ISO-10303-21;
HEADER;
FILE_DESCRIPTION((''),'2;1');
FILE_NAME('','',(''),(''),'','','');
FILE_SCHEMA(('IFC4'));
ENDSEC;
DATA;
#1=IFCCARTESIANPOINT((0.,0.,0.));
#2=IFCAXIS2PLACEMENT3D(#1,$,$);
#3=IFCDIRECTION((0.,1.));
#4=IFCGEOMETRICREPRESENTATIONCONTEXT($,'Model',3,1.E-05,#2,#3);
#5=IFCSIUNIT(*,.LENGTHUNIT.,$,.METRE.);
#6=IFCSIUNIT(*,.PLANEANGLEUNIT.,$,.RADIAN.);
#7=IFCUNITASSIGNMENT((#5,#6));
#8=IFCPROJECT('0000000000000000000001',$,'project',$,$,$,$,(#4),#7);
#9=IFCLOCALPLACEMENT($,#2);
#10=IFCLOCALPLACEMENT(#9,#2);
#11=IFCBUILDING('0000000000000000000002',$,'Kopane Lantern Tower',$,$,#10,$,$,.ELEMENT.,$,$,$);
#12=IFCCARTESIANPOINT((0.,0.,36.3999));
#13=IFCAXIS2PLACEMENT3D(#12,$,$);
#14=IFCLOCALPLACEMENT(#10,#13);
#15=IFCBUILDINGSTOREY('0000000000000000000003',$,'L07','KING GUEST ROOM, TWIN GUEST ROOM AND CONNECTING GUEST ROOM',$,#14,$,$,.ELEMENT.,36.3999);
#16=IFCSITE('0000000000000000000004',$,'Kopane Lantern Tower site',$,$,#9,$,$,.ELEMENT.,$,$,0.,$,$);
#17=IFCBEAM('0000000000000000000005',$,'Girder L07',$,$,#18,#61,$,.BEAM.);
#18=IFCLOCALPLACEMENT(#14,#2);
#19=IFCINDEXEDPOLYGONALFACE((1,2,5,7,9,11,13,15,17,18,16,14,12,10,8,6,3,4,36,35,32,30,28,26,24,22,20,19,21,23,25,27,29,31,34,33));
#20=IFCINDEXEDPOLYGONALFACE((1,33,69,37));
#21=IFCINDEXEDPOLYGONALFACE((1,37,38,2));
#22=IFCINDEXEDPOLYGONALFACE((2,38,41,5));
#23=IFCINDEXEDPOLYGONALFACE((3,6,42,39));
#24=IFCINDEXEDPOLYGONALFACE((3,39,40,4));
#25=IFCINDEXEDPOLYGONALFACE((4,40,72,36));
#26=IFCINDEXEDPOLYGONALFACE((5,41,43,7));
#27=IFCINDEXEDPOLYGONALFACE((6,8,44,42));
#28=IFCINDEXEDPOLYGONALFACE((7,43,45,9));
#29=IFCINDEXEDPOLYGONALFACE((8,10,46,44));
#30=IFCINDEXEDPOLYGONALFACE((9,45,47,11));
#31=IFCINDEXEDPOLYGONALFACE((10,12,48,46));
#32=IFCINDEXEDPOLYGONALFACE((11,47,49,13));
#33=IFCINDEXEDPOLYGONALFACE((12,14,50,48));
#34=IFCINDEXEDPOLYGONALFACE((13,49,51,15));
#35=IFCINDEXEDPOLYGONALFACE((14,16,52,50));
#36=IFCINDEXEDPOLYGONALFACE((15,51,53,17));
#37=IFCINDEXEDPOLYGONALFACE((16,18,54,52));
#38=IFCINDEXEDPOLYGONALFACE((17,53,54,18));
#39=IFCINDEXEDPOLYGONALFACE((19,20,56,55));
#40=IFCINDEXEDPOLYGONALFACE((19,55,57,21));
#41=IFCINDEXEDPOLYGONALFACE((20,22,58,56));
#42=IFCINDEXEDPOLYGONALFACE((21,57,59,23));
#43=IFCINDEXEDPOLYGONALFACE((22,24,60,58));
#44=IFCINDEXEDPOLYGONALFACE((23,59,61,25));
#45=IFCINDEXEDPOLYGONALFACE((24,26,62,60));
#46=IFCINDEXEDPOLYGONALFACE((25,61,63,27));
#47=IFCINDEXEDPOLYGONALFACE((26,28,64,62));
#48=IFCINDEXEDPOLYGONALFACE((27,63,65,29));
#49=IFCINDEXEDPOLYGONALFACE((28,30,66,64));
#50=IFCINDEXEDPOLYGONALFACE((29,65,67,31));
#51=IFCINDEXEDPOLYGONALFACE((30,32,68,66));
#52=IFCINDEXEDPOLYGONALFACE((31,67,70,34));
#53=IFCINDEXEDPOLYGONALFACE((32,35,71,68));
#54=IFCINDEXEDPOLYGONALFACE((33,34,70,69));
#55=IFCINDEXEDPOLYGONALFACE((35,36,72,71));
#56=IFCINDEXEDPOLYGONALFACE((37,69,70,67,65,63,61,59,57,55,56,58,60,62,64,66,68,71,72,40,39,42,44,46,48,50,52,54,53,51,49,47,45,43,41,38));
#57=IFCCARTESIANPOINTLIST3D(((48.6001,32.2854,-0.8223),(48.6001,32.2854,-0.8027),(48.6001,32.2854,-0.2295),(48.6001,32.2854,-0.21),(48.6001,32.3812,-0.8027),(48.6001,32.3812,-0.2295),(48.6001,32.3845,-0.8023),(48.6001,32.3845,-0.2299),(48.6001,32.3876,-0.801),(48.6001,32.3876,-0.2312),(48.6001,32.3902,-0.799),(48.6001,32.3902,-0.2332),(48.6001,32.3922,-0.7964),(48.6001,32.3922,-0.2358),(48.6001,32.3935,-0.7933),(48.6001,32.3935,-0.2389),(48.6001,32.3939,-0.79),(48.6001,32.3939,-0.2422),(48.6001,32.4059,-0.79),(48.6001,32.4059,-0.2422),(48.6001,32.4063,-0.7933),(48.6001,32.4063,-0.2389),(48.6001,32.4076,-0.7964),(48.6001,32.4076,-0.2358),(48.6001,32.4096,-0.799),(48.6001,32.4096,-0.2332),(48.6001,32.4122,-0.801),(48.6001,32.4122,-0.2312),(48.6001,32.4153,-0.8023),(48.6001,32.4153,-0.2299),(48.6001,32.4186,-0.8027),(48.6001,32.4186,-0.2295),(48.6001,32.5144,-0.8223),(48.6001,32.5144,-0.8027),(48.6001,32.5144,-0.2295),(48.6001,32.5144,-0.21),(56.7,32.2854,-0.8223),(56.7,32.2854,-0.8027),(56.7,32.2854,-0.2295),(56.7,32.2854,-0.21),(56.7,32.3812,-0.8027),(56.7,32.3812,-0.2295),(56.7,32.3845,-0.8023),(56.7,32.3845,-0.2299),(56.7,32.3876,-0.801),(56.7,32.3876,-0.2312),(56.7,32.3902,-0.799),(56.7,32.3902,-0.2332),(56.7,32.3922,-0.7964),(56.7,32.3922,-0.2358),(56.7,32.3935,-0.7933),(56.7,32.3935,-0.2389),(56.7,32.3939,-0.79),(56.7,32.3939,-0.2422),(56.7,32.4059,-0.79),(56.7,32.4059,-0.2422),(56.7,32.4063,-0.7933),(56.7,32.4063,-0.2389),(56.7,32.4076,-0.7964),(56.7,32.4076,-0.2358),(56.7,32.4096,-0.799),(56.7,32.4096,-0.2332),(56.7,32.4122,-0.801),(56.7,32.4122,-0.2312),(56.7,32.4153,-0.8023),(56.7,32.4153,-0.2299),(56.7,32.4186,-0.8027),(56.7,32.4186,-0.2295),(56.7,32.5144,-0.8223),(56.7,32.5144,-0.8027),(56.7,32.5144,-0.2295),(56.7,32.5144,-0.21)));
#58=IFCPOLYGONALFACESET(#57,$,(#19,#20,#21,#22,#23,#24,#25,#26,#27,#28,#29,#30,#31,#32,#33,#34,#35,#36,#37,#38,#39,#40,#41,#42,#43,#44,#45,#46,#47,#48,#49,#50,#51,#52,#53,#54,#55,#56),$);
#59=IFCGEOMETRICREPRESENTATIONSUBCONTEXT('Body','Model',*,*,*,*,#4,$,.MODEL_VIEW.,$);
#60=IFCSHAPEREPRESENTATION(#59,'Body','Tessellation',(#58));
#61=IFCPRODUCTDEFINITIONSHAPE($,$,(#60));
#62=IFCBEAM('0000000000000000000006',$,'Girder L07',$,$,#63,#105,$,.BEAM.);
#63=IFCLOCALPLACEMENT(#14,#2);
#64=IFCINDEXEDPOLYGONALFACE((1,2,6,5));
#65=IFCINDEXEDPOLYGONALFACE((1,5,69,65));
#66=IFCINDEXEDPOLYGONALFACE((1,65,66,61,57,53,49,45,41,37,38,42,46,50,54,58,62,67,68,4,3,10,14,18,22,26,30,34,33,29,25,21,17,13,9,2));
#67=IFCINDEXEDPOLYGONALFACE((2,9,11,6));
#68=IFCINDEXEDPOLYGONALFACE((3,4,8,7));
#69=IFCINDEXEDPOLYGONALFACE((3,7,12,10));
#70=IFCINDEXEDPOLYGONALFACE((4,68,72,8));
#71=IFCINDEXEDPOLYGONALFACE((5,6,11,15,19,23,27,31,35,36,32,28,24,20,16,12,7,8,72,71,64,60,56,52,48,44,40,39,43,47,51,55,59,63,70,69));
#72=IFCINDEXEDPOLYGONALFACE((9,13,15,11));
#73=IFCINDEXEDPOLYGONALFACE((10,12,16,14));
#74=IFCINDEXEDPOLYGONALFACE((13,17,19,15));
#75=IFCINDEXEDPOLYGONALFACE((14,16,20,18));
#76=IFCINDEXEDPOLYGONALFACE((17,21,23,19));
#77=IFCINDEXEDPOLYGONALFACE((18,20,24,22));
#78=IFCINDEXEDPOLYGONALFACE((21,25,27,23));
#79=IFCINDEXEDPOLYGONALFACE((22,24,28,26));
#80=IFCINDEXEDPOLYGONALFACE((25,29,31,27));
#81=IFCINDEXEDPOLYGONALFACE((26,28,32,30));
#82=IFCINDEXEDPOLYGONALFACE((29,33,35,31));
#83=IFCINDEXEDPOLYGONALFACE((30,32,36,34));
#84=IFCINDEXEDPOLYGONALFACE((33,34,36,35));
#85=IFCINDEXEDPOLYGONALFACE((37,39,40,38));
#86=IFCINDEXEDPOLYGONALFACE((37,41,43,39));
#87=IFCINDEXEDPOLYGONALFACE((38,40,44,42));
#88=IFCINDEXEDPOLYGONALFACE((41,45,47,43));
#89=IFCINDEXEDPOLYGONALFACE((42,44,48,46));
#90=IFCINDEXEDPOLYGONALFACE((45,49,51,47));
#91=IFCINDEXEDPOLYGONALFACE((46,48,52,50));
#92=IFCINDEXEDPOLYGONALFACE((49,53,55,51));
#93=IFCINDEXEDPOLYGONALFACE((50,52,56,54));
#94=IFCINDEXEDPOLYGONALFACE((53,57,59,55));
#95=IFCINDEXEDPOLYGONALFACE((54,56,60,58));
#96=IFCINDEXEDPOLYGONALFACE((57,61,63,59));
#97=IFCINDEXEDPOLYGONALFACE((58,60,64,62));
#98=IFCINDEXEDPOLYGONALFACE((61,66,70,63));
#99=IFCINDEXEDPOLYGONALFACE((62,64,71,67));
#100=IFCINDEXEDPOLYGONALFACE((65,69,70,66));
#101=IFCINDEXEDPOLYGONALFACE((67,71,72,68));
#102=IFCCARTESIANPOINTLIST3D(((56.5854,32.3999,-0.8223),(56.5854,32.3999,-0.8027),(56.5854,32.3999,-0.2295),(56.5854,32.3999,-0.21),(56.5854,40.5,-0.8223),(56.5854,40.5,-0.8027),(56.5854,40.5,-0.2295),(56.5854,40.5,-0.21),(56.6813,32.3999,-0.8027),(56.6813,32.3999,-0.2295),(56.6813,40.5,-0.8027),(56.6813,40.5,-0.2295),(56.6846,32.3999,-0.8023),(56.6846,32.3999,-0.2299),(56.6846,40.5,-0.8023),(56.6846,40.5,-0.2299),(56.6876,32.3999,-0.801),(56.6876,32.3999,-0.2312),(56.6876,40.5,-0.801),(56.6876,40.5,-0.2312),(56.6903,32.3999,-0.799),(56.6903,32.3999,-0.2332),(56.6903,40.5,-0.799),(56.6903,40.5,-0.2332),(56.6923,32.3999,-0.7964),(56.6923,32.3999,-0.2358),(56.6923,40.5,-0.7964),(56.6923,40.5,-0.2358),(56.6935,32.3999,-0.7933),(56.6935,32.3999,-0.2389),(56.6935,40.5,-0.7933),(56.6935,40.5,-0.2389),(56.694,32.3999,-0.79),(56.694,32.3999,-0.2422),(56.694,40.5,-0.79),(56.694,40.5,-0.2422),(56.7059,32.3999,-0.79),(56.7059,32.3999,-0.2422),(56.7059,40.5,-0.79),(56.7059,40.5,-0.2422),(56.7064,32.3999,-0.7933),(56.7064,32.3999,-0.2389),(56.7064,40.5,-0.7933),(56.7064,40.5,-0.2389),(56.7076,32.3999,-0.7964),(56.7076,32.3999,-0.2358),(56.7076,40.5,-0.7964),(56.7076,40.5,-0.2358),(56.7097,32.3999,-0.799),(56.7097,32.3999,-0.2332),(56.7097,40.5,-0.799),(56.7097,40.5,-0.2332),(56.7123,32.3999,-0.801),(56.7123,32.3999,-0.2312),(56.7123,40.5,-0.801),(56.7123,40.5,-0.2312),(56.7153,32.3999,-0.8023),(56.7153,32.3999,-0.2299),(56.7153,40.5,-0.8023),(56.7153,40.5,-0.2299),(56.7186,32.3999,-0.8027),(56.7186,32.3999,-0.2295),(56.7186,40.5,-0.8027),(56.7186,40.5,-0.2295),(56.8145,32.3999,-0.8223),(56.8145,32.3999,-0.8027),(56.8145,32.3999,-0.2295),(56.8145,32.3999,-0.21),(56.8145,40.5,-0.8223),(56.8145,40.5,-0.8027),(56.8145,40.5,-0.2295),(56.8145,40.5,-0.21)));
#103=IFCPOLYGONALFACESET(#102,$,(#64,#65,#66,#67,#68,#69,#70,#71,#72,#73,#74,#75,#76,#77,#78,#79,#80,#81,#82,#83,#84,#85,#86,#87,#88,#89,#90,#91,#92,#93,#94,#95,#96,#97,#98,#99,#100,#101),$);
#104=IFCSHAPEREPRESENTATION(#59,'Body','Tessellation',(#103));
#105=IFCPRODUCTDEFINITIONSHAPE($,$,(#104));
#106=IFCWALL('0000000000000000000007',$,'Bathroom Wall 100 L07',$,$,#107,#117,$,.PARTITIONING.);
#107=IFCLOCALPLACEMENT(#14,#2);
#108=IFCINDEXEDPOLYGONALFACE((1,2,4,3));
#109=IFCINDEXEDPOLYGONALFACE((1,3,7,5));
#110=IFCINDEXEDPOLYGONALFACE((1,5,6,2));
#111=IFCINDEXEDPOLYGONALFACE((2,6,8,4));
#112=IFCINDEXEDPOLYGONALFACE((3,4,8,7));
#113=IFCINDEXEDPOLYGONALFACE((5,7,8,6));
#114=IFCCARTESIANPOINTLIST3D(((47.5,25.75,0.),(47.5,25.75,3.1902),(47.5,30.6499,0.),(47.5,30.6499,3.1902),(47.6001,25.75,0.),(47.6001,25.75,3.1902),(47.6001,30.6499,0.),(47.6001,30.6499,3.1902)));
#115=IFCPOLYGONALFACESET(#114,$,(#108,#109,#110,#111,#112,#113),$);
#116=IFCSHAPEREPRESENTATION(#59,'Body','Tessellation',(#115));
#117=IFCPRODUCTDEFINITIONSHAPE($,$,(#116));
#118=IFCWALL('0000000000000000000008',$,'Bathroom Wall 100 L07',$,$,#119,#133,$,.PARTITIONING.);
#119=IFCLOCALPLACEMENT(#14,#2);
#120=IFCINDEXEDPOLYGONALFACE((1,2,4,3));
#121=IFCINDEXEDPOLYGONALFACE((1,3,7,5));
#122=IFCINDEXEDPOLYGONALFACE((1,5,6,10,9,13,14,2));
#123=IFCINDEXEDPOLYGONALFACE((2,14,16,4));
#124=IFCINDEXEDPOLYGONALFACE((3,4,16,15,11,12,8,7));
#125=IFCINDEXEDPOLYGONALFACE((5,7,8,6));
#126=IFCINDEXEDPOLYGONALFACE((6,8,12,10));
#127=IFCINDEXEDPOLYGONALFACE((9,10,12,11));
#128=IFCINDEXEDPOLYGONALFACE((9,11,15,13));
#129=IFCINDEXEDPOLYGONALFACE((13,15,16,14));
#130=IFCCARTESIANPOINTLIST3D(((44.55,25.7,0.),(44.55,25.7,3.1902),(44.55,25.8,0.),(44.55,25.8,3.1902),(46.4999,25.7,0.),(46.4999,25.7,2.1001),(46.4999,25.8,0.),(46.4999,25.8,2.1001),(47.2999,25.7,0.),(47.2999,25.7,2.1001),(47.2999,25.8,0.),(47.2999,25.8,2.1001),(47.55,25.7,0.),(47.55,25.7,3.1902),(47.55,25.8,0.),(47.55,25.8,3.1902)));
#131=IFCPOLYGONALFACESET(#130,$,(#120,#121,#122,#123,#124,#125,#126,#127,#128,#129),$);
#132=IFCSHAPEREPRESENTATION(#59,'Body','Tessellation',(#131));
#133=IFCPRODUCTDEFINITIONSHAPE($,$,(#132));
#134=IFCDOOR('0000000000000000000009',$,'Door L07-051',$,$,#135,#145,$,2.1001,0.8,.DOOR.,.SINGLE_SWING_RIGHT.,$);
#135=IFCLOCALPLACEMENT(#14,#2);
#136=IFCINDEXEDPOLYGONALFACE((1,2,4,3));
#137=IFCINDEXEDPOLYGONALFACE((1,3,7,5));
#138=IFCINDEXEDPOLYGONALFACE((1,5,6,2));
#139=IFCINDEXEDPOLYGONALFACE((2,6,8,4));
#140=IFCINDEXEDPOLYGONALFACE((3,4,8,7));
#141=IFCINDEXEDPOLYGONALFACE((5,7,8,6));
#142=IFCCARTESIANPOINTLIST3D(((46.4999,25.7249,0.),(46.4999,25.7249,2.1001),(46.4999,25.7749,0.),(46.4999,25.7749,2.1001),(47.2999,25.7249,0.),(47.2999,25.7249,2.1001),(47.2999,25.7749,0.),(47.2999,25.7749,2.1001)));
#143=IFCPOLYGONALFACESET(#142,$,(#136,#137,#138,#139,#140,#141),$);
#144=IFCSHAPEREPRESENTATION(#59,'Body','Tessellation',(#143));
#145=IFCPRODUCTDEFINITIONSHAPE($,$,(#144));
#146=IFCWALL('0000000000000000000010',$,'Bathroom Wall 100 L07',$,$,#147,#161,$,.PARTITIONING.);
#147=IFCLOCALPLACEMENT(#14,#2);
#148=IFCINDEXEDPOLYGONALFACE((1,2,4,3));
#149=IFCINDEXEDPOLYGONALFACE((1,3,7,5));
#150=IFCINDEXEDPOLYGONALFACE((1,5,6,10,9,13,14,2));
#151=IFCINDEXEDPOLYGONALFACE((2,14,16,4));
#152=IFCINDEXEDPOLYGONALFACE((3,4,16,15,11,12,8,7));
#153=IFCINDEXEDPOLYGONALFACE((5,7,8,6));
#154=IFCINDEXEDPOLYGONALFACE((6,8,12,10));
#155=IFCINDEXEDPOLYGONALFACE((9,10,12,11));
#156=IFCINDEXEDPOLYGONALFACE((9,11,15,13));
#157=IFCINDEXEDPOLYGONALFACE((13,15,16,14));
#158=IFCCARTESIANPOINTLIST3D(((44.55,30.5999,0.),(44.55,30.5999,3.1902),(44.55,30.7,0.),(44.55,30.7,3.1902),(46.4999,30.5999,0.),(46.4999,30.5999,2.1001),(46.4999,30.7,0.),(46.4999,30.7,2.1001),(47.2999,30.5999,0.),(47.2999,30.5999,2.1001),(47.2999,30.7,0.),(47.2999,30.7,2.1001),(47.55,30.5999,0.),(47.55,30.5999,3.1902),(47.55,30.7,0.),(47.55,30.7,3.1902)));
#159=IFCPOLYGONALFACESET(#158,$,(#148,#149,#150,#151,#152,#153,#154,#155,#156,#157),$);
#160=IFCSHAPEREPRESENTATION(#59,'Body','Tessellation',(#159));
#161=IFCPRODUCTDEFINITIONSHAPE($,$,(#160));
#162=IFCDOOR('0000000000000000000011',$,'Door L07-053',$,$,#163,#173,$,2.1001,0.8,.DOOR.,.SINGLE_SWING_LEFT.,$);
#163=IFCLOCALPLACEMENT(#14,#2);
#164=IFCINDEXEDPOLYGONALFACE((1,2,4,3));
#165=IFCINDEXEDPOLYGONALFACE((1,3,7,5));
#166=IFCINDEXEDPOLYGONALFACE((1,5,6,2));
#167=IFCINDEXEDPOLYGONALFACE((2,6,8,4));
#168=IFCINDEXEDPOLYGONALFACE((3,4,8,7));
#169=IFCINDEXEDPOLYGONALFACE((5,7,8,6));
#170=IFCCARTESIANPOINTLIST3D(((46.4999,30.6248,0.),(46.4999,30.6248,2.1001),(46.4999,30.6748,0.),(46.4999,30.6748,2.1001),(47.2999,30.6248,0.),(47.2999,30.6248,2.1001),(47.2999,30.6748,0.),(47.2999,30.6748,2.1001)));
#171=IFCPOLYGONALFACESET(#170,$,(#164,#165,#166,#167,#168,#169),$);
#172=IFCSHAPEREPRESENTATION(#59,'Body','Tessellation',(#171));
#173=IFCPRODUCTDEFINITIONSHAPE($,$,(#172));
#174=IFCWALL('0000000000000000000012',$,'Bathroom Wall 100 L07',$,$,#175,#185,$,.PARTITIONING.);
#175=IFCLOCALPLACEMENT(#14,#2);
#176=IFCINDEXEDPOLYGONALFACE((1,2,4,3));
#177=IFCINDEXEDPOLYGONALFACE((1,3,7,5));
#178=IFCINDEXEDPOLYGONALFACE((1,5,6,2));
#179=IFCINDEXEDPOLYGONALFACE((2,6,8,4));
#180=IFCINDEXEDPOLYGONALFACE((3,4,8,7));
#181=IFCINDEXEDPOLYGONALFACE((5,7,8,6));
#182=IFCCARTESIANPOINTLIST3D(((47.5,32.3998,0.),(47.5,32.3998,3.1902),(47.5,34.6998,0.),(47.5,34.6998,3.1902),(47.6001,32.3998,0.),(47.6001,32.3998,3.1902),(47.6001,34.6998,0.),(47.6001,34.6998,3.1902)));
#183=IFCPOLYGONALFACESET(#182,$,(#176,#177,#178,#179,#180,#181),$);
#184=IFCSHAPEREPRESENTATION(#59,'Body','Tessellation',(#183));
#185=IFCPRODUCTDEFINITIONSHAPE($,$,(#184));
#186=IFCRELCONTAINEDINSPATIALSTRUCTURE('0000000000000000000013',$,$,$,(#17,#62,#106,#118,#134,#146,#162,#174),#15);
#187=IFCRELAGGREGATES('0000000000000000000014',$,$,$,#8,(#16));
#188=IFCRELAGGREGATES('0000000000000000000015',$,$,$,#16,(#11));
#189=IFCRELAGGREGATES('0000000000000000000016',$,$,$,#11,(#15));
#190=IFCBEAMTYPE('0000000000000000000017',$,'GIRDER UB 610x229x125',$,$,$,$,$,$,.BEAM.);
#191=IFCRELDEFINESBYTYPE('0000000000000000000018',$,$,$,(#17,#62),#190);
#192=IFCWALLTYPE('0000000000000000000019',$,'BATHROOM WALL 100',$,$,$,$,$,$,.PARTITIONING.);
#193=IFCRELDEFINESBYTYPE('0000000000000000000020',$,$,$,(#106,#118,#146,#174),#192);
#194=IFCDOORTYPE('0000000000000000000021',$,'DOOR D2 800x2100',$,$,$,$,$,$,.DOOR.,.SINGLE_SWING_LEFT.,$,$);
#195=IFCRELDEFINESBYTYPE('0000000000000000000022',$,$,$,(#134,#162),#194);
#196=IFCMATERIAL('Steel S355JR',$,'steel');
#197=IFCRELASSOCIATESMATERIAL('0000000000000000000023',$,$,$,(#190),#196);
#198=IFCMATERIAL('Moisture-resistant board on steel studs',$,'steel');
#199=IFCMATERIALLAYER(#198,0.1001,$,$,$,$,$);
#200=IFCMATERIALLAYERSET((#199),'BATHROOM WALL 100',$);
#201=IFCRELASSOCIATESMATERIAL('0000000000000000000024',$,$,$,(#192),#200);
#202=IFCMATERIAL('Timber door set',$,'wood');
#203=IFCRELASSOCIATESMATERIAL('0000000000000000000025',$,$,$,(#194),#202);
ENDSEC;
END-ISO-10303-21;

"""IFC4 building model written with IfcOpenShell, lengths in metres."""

from ifc_helpers import new_model, si_unit, direction, frame, frame_2d, origin, origin_2d, place, context, subcontext, project, spatial, rectangle, i_section, extrude, material, layer, layer_set, material_profile, profile_set, type_object, element, fill, save


model = new_model("IFC4")

# Units and contexts
model_context = context("Model", 3, precision=1e-05, world=origin(), true_north=direction((0.0, 1.0)))
body_context = subcontext(model_context, "Body", "Model", "MODEL_VIEW")
ifc_project = project(units=[si_unit("LENGTHUNIT", "METRE"), si_unit("PLANEANGLEUNIT", "RADIAN")], contexts=[model_context])

# Site, building, storey
site_placement = place(None, origin())
site = spatial("IfcSite", under=ifc_project, at=site_placement, Name="Kopane Lantern Tower site", CompositionType="ELEMENT", RefElevation=0.0)
building_placement = place(site_placement, origin())
building = spatial("IfcBuilding", under=site, at=building_placement, Name="Kopane Lantern Tower", CompositionType="ELEMENT")
storey_placement = place(building_placement, frame((0.0, 0.0, 36.3999)))
storey = spatial("IfcBuildingStorey", under=building, at=storey_placement, Name="L07", Description="KING GUEST ROOM, TWIN GUEST ROOM AND CONNECTING GUEST ROOM", CompositionType="ELEMENT", Elevation=36.3999)

# Beams
ifc_material_1 = material(Name="Steel S355JR", Category="steel")
ifc_material_profile_1 = material_profile(ifc_material_1, i_section(OverallWidth=0.229, OverallDepth=0.6123, WebThickness=0.012, FlangeThickness=0.0195, FilletRadius=0.0127, at=origin_2d()), Name="UB 610x229x125")
ifc_profile_set_1 = profile_set([ifc_material_profile_1], Name="Steel S355JR")
beam_type = type_object("IfcBeamType", Name="GIRDER UB 610x229x125", PredefinedType="BEAM", material=ifc_profile_set_1)
beam_1_placement = place(storey_placement, frame((48.6001, 32.3999, -0.5161), z_axis=(1.0, 0.0, 0.0), x_axis=(0.0, 1.0, 0.0)))
element("IfcBeam", 1, at=beam_1_placement, inside=storey, type_object=beam_type, Name="Girder L07", PredefinedType="BEAM", context=body_context, shape_type="SweptSolid", body=[
    extrude(i_section(OverallWidth=0.229, OverallDepth=0.6123, WebThickness=0.012, FlangeThickness=0.0195, FilletRadius=0.0127, at=origin_2d()), origin(), (0.0, 0.0, 1.0), 8.0999),
])
beam_2_placement = place(storey_placement, frame((56.7, 32.3999, -0.5161), z_axis=(0.0, 1.0, 0.0), x_axis=(-1.0, 0.0, 0.0)))
element("IfcBeam", 2, at=beam_2_placement, inside=storey, type_object=beam_type, Name="Girder L07", PredefinedType="BEAM", context=body_context, shape_type="SweptSolid", body=[
    extrude(i_section(OverallWidth=0.229, OverallDepth=0.6123, WebThickness=0.012, FlangeThickness=0.0195, FilletRadius=0.0127, at=origin_2d()), origin(), (0.0, 0.0, 1.0), 8.1001),
])

# Wall
ifc_material_2 = material(Name="Moisture-resistant board on steel studs", Category="steel")
ifc_layer_1 = layer(ifc_material_2, 0.1001)
ifc_layer_set_1 = layer_set([ifc_layer_1], Name="BATHROOM WALL 100")
wall_type_1 = type_object("IfcWallType", Name="BATHROOM WALL 100", PredefinedType="PARTITIONING", material=ifc_layer_set_1)
wall_1_placement = place(storey_placement, frame((47.55, 25.75, 0.0), z_axis=(0.0, 0.0, 1.0), x_axis=(0.0, 1.0, 0.0)))
element("IfcWall", 3, at=wall_1_placement, inside=storey, type_object=wall_type_1, Name="Bathroom Wall 100 L07", PredefinedType="PARTITIONING", context=body_context, shape_type="SweptSolid", body=[
    extrude(rectangle(XDim=4.8999, YDim=0.1001, at=frame_2d((2.45, 0.0))), origin(), (0.0, 0.0, 1.0), 3.1902),
])

# Walls, openings, doors
wall_2_placement = place(storey_placement, frame((44.55, 25.75, 0.0), z_axis=(0.0, 0.0, 1.0), x_axis=(1.0, 0.0, 0.0)))
wall_2 = element("IfcWall", 4, at=wall_2_placement, inside=storey, type_object=wall_type_1, Name="Bathroom Wall 100 L07", PredefinedType="PARTITIONING", context=body_context, shape_type="SweptSolid", body=[
    extrude(rectangle(XDim=3.0, YDim=0.1001, at=frame_2d((1.5, 0.0))), origin(), (0.0, 0.0, 1.0), 3.1902),
])
opening_1_placement = place(wall_2_placement, frame((1.95, 0.0, 0.0)))
opening_1 = element("IfcOpeningElement", 5, at=opening_1_placement, cuts=wall_2, PredefinedType="OPENING", context=body_context, shape_type="SweptSolid", body=[
    extrude(rectangle(XDim=0.8, YDim=2.1001, at=frame_2d((0.3999, 1.05))), frame((0.0, 0.0601, 0.0), z_axis=(0.0, -1.0, 0.0), x_axis=(1.0, 0.0, 0.0)), (0.0, 0.0, 1.0), 0.1201),
])
ifc_material_3 = material(Name="Timber door set", Category="wood")
door_type = type_object("IfcDoorType", Name="DOOR D2 800x2100", OperationType="SINGLE_SWING_LEFT", PredefinedType="DOOR", material=ifc_material_3)
door_1_placement = place(opening_1_placement, origin())
door_1 = element("IfcDoor", 6, at=door_1_placement, inside=storey, type_object=door_type, Name="Door L07-051", OperationType="SINGLE_SWING_RIGHT", OverallHeight=2.1001, OverallWidth=0.8, PredefinedType="DOOR", context=body_context, shape_type="SweptSolid", body=[
    extrude(rectangle(XDim=0.8, YDim=2.1001, at=frame_2d((0.3999, 1.05))), frame((0.0, 0.0249, 0.0), z_axis=(0.0, -1.0, 0.0), x_axis=(1.0, 0.0, 0.0)), (0.0, 0.0, 1.0), 0.05),
])
fill(opening_1, door_1)
wall_3_placement = place(storey_placement, frame((44.55, 30.6499, 0.0), z_axis=(0.0, 0.0, 1.0), x_axis=(1.0, 0.0, 0.0)))
wall_3 = element("IfcWall", 7, at=wall_3_placement, inside=storey, type_object=wall_type_1, Name="Bathroom Wall 100 L07", PredefinedType="PARTITIONING", context=body_context, shape_type="SweptSolid", body=[
    extrude(rectangle(XDim=3.0, YDim=0.1001, at=frame_2d((1.5, 0.0))), origin(), (0.0, 0.0, 1.0), 3.1902),
])
opening_2_placement = place(wall_3_placement, frame((1.95, 0.0, 0.0)))
opening_2 = element("IfcOpeningElement", 8, at=opening_2_placement, cuts=wall_3, PredefinedType="OPENING", context=body_context, shape_type="SweptSolid", body=[
    extrude(rectangle(XDim=0.8, YDim=2.1001, at=frame_2d((0.3999, 1.05))), frame((0.0, 0.0601, 0.0), z_axis=(0.0, -1.0, 0.0), x_axis=(1.0, 0.0, 0.0)), (0.0, 0.0, 1.0), 0.1201),
])
door_2_placement = place(opening_2_placement, origin())
door_2 = element("IfcDoor", 9, at=door_2_placement, inside=storey, type_object=door_type, Name="Door L07-053", OperationType="SINGLE_SWING_LEFT", OverallHeight=2.1001, OverallWidth=0.8, PredefinedType="DOOR", context=body_context, shape_type="SweptSolid", body=[
    extrude(rectangle(XDim=0.8, YDim=2.1001, at=frame_2d((0.3999, 1.05))), frame((0.0, 0.0249, 0.0), z_axis=(0.0, -1.0, 0.0), x_axis=(1.0, 0.0, 0.0)), (0.0, 0.0, 1.0), 0.05),
])
fill(opening_2, door_2)

# Wall
wall_4_placement = place(storey_placement, frame((47.55, 32.3999, 0.0), z_axis=(0.0, 0.0, 1.0), x_axis=(0.0, 1.0, 0.0)))
element("IfcWall", 10, at=wall_4_placement, inside=storey, type_object=wall_type_1, Name="Bathroom Wall 100 L07", PredefinedType="PARTITIONING", context=body_context, shape_type="SweptSolid", body=[
    extrude(rectangle(XDim=2.3, YDim=0.1001, at=frame_2d((1.1499, 0.0))), origin(), (0.0, 0.0, 1.0), 3.1902),
])

save(model, "model.ifc")
